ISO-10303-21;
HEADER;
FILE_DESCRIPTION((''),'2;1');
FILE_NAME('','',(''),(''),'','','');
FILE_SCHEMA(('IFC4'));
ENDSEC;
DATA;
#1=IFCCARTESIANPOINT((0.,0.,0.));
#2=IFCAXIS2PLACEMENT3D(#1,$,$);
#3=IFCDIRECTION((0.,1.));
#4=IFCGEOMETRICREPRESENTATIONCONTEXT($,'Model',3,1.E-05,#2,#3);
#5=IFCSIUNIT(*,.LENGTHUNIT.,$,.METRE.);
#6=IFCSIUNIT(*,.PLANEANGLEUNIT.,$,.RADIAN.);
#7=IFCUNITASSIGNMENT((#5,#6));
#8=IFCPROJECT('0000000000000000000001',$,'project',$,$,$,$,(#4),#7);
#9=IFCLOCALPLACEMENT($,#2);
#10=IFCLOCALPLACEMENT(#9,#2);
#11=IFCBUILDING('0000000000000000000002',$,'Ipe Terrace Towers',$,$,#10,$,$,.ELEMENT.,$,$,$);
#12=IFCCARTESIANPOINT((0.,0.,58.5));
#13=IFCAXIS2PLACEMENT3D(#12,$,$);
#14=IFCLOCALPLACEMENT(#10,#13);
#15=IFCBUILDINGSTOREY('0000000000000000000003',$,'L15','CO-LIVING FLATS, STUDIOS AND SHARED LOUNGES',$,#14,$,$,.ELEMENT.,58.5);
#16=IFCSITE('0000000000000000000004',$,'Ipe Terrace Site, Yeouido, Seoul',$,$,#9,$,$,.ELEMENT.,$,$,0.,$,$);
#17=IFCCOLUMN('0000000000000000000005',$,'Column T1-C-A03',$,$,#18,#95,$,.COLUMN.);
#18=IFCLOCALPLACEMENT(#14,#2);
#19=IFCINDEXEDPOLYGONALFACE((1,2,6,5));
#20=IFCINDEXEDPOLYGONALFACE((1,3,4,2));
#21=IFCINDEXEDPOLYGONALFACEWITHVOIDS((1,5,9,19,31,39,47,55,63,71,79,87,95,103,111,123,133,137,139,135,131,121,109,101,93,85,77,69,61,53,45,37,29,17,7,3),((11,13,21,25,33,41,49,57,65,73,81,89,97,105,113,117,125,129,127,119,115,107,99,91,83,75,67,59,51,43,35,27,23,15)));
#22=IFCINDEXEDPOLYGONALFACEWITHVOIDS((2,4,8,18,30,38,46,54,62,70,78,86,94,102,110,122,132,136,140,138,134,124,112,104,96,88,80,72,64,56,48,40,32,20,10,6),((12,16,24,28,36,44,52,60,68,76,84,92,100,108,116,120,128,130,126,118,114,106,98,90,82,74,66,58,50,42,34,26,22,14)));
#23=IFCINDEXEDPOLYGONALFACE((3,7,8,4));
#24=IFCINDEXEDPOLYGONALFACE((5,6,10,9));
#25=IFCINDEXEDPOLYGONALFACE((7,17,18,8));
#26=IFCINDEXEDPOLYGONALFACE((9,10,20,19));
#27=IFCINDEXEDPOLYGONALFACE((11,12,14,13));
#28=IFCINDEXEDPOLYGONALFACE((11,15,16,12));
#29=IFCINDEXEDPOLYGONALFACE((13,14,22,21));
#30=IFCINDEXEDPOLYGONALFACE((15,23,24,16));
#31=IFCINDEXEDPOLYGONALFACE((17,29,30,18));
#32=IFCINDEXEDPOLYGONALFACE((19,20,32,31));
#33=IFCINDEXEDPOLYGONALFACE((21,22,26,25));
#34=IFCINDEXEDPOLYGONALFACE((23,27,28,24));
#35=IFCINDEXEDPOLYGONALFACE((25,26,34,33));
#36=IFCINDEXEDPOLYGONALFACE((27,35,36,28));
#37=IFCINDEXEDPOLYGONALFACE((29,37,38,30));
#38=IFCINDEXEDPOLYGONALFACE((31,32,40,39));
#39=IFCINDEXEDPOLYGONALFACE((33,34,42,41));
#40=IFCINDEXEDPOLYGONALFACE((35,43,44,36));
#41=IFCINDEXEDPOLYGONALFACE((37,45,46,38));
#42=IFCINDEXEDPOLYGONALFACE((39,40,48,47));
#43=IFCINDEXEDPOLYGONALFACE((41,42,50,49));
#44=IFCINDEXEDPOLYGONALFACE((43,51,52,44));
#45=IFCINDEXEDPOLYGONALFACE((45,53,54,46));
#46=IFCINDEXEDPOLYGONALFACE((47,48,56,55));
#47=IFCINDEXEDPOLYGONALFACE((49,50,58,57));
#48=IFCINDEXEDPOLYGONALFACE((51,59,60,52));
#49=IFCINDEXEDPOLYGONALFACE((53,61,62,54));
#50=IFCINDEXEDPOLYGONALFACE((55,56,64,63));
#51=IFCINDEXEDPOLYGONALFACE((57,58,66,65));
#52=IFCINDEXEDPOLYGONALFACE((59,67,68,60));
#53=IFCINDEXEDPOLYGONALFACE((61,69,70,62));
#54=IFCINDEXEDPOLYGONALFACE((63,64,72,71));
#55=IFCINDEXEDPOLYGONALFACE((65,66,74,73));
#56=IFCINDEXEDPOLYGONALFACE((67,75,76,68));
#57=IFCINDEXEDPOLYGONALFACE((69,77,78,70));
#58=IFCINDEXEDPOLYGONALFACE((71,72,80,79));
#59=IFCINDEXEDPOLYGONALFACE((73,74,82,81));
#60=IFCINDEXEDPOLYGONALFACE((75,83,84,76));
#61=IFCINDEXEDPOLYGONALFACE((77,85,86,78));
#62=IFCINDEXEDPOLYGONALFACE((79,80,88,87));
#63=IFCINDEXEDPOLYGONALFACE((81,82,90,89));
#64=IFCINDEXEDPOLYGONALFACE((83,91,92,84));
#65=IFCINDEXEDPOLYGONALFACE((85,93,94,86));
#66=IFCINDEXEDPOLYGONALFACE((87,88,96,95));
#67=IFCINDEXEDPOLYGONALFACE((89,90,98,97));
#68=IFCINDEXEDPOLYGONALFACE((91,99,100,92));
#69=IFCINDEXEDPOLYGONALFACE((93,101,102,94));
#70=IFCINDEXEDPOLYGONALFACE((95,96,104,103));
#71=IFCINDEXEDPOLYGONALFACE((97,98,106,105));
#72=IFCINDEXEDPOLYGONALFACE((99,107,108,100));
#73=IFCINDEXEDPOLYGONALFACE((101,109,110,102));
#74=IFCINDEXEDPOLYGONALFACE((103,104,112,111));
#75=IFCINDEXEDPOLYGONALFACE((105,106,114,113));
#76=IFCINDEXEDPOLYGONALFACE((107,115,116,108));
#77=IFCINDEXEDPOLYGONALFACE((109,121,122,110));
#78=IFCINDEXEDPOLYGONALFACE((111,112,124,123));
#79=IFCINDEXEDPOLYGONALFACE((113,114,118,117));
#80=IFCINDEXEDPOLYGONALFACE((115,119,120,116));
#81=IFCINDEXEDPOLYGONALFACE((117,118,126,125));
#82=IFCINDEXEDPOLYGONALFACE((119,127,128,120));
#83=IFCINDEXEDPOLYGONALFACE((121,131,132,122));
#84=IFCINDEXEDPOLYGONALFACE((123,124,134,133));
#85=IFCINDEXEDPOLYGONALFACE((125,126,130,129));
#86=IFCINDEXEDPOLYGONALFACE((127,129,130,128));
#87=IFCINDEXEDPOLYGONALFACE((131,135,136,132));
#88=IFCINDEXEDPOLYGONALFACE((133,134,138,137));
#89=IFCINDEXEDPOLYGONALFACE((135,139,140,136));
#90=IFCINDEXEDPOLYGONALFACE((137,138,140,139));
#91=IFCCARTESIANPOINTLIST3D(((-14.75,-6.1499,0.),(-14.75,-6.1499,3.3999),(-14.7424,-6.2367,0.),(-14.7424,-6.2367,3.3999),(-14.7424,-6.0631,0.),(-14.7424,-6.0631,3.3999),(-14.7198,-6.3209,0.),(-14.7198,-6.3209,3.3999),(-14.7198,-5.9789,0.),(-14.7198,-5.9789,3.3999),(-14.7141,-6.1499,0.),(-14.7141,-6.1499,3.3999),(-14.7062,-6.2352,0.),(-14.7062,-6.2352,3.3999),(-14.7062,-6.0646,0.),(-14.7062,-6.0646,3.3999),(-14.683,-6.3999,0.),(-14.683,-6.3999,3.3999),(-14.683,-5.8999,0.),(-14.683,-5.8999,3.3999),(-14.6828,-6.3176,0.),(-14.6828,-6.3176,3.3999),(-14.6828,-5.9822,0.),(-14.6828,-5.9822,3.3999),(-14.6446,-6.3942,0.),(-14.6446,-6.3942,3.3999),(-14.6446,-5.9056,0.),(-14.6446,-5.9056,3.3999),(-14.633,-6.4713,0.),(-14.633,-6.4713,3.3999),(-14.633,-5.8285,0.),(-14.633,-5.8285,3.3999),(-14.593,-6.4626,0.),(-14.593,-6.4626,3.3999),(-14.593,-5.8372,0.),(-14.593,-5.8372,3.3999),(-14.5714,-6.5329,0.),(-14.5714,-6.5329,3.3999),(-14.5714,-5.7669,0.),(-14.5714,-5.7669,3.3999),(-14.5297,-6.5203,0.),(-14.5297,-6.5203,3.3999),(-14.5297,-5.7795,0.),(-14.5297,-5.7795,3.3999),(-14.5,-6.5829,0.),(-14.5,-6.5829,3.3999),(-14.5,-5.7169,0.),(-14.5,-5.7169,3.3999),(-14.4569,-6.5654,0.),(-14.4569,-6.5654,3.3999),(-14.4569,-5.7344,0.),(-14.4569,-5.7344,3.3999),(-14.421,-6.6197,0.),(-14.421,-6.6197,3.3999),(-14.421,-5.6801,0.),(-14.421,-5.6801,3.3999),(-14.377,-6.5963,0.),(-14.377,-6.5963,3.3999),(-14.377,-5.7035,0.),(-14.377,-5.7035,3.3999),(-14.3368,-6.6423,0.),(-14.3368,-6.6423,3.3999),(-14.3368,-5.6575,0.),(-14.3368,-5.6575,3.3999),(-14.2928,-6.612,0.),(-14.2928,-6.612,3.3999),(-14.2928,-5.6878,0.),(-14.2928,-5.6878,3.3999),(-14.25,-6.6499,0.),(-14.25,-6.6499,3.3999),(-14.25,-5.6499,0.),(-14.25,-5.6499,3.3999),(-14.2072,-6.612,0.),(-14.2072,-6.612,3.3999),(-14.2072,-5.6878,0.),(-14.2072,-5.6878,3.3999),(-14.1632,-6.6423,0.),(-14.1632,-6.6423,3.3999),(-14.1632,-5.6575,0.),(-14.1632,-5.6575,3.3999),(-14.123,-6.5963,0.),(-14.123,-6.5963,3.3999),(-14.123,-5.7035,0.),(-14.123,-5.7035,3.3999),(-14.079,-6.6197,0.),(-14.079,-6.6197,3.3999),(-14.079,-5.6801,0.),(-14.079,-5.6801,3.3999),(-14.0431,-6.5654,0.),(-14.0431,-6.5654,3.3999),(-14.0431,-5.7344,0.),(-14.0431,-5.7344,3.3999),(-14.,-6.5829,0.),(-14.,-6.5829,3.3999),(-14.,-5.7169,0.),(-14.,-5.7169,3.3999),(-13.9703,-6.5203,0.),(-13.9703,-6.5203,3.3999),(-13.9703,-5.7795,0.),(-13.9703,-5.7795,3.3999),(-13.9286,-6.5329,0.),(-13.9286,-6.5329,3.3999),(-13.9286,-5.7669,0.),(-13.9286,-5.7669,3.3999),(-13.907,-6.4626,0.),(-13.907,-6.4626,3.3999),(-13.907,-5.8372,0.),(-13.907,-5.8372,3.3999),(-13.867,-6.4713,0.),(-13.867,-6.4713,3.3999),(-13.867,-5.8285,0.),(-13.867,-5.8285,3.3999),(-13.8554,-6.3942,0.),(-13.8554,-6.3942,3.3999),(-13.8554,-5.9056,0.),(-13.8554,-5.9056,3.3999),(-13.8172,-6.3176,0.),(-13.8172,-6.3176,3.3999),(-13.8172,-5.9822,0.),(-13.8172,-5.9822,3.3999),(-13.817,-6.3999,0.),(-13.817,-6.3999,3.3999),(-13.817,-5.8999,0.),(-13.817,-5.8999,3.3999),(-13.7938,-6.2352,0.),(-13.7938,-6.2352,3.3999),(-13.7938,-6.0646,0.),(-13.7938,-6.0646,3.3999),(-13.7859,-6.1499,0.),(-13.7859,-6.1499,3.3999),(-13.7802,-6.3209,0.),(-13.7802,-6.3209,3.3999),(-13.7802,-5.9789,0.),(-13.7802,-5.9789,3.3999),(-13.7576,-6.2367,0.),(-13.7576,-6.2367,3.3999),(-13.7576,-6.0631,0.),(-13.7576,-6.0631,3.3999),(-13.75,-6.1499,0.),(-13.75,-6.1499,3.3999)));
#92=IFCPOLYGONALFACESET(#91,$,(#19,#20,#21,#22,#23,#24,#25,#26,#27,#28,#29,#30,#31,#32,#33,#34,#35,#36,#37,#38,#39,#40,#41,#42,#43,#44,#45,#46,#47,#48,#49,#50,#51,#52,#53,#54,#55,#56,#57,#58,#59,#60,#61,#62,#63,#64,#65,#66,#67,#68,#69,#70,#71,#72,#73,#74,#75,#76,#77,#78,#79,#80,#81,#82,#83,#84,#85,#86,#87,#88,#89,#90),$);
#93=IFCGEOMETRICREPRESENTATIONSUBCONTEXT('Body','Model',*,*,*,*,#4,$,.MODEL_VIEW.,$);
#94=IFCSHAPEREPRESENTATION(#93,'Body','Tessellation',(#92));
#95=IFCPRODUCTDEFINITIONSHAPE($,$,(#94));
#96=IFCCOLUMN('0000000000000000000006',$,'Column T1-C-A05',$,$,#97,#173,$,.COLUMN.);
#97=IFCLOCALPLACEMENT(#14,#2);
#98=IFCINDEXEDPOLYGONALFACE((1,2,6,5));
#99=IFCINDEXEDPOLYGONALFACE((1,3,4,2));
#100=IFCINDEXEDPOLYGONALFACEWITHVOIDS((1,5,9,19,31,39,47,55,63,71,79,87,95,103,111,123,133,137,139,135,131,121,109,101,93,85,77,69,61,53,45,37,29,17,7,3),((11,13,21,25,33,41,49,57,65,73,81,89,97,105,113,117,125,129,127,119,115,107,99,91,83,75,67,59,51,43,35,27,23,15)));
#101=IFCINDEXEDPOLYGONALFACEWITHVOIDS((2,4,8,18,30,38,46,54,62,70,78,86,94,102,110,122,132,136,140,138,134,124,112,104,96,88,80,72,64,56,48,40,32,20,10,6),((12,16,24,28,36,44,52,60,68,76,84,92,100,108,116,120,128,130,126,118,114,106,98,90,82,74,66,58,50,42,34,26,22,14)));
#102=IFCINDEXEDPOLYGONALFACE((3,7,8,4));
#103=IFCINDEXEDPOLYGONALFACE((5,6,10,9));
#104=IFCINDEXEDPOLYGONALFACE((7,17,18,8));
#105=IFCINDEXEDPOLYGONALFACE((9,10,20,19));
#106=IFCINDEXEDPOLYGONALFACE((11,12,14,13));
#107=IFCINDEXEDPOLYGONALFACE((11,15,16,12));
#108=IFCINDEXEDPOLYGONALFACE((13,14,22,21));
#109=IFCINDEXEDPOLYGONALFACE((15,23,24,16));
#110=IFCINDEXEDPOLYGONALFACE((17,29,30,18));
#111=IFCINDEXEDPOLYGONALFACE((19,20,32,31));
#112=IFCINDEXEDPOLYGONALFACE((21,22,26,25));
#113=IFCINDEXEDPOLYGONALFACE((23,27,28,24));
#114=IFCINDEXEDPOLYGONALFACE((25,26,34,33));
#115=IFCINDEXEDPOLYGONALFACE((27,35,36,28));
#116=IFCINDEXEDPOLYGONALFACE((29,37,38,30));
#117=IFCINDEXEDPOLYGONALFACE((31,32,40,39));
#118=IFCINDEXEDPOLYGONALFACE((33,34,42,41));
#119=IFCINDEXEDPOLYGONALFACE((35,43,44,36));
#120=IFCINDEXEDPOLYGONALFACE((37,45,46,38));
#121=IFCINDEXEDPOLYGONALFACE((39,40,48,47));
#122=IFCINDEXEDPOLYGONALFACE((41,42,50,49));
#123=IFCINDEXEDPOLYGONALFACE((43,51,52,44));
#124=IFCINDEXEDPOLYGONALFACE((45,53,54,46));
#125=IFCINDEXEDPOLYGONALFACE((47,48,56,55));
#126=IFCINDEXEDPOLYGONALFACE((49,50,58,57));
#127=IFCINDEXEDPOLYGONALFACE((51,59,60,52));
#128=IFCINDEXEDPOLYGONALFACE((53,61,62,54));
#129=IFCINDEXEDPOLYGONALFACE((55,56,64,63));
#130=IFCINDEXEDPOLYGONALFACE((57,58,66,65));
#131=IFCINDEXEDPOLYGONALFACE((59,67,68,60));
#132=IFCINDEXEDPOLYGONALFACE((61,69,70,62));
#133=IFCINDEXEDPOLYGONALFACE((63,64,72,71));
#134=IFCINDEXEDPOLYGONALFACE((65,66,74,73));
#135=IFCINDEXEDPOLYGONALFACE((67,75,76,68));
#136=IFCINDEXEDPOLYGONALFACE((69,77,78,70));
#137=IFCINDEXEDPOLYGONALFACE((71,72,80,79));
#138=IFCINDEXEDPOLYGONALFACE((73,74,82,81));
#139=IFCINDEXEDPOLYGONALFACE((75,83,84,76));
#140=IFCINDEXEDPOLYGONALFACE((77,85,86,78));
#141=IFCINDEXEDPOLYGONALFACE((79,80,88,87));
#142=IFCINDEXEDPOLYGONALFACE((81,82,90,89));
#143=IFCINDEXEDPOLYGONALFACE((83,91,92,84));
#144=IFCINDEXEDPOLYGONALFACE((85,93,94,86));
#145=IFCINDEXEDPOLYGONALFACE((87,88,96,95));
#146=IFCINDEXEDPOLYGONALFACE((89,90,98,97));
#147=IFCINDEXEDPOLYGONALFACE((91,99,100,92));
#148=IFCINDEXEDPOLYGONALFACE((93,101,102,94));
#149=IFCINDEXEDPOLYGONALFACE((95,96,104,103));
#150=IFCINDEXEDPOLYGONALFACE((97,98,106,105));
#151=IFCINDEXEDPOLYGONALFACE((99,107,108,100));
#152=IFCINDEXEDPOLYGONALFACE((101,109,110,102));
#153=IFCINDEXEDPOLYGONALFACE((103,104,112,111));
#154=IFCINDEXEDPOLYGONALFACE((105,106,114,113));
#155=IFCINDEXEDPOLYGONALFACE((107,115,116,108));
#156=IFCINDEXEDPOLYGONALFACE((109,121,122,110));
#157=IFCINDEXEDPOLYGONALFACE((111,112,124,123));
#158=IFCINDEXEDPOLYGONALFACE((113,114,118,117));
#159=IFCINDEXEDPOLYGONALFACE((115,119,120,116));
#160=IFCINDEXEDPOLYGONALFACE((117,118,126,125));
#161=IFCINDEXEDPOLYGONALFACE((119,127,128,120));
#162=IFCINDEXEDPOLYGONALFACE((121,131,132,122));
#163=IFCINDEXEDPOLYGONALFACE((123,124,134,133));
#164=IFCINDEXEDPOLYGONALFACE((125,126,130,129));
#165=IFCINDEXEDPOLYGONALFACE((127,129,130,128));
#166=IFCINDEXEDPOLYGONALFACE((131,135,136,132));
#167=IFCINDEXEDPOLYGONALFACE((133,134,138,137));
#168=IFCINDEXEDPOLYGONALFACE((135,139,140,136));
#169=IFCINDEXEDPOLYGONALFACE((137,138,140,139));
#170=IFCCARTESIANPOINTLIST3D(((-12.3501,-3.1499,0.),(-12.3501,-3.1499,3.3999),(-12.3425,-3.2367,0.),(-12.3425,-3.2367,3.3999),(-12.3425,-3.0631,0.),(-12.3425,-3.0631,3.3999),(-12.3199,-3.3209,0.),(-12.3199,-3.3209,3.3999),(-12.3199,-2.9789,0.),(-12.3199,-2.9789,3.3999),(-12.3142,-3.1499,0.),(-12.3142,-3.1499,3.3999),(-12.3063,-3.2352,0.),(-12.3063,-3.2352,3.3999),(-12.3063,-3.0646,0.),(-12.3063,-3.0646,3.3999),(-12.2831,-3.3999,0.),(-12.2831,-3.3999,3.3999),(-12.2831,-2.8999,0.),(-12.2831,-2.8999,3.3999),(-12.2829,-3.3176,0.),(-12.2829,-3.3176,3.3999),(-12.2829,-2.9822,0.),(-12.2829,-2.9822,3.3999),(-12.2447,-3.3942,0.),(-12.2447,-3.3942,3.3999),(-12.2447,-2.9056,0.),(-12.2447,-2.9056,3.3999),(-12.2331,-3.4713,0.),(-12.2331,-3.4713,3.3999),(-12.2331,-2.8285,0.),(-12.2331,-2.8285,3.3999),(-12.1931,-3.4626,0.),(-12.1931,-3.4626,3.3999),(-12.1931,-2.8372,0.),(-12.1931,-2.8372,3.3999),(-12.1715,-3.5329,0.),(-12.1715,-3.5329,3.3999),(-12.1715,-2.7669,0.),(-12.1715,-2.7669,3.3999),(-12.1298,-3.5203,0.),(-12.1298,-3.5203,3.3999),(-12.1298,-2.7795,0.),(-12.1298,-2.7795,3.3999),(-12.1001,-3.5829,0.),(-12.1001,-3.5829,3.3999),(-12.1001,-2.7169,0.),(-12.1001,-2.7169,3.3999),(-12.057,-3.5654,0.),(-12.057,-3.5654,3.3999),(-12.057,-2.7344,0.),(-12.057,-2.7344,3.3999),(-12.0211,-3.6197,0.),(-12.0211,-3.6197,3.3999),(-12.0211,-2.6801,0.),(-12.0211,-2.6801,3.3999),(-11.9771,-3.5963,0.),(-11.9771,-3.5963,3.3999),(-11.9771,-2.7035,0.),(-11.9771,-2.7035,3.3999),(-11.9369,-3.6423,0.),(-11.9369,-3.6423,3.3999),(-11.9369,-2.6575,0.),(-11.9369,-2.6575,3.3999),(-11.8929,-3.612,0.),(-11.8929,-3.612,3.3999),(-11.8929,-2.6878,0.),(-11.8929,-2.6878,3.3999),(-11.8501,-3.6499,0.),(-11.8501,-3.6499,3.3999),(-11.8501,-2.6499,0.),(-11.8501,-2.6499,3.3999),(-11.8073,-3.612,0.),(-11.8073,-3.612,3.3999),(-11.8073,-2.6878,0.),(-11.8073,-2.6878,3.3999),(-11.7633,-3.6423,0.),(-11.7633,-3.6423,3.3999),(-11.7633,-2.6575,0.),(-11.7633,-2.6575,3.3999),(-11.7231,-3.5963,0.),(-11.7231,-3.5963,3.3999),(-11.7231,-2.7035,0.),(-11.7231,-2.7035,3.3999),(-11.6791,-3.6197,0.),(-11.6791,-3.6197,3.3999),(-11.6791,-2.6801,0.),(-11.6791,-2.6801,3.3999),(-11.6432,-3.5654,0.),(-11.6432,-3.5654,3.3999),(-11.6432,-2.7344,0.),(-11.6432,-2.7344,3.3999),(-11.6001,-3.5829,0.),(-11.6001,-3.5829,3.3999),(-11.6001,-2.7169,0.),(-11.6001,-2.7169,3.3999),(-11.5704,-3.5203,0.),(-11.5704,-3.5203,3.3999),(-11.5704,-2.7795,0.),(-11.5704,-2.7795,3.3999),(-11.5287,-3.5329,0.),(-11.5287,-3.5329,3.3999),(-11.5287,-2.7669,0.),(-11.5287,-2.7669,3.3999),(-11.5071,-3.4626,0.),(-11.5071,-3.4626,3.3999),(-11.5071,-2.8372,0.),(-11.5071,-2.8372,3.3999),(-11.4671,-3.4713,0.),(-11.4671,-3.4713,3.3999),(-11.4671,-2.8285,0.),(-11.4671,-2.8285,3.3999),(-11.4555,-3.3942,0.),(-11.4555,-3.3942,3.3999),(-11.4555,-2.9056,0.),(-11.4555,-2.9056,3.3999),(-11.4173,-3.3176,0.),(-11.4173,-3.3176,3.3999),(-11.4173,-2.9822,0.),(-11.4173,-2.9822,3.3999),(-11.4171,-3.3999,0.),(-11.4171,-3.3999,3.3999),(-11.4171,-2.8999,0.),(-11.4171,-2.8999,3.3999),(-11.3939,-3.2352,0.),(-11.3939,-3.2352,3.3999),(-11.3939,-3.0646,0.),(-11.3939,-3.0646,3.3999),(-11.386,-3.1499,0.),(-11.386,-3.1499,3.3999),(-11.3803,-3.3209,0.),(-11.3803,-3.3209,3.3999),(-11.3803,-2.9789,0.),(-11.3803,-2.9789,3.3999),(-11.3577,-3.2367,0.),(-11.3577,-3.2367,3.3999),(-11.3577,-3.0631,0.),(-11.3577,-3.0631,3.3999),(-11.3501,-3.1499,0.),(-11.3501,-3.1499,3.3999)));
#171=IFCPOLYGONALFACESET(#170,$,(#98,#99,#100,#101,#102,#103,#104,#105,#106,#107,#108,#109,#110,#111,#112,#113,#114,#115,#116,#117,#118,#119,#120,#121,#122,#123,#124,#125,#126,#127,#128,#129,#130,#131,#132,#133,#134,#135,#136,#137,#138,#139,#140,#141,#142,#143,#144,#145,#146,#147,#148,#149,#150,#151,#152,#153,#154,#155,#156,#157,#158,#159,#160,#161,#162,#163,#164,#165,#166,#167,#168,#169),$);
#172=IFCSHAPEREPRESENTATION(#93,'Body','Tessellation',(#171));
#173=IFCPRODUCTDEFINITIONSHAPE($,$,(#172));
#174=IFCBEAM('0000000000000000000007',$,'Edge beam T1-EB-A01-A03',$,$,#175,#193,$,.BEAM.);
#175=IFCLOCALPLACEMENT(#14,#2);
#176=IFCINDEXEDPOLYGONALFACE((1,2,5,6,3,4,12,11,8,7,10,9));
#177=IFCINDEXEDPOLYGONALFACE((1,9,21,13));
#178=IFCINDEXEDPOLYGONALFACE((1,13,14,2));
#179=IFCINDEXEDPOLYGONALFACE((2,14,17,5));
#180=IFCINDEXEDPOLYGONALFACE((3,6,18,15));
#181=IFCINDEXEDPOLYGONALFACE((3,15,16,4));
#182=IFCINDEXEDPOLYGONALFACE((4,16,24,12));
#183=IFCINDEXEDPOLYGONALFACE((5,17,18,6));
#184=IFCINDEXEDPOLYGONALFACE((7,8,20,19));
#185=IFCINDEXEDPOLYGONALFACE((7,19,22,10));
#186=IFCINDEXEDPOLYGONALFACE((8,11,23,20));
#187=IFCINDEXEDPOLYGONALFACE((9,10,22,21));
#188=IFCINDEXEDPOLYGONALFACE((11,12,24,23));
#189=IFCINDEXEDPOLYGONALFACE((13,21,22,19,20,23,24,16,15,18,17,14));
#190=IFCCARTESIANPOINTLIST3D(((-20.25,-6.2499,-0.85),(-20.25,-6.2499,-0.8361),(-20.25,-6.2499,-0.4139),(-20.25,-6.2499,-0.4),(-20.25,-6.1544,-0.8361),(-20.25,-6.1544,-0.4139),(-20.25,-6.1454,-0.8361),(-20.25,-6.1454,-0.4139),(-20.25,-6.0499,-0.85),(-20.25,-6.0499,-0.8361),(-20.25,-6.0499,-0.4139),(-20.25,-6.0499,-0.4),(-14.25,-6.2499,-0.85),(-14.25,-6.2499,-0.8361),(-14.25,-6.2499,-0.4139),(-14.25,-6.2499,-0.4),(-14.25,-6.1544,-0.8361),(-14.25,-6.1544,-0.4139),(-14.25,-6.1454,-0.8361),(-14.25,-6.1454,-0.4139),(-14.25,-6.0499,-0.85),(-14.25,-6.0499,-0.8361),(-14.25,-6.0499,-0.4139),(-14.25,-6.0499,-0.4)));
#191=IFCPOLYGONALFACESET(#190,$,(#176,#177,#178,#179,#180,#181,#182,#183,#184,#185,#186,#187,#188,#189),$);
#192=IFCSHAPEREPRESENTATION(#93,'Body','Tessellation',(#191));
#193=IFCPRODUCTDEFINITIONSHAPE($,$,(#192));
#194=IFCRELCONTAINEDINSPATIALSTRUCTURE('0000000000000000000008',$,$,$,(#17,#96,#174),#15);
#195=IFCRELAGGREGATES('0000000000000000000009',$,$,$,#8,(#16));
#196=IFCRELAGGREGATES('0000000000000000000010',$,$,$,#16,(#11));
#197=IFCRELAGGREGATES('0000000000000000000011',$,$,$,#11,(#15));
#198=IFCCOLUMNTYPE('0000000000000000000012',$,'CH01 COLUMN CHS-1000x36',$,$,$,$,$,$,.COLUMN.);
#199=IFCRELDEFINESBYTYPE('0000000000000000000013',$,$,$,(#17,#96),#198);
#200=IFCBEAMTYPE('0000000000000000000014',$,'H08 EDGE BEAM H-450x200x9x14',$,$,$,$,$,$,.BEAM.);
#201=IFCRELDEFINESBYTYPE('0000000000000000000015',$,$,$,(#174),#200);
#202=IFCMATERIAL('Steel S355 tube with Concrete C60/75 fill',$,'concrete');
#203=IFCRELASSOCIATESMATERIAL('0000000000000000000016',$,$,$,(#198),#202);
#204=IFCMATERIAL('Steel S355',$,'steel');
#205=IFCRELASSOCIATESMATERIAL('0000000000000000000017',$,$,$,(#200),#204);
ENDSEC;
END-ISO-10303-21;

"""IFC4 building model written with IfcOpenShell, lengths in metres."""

from ifc_helpers import new_model, si_unit, direction, frame, origin, origin_2d, place, context, subcontext, project, spatial, hollow_circle, i_section, extrude, material, material_profile, profile_set, type_object, element, save


model = new_model("IFC4")

# Units and contexts
model_context = context("Model", 3, precision=1e-05, world=origin(), true_north=direction((0.0, 1.0)))
body_context = subcontext(model_context, "Body", "Model", "MODEL_VIEW")
ifc_project = project(units=[si_unit("LENGTHUNIT", "METRE"), si_unit("PLANEANGLEUNIT", "RADIAN")], contexts=[model_context])

# Site, building, storey
site_placement = place(None, origin())
site = spatial("IfcSite", under=ifc_project, at=site_placement, Name="Ipe Terrace Site, Yeouido, Seoul", CompositionType="ELEMENT", RefElevation=0.0)
building_placement = place(site_placement, origin())
building = spatial("IfcBuilding", under=site, at=building_placement, Name="Ipe Terrace Towers", CompositionType="ELEMENT")
storey_placement = place(building_placement, frame((0.0, 0.0, 58.5)))
storey = spatial("IfcBuildingStorey", under=building, at=storey_placement, Name="L15", Description="CO-LIVING FLATS, STUDIOS AND SHARED LOUNGES", CompositionType="ELEMENT", Elevation=58.5)

# Columns
ifc_material_1 = material(Name="Steel S355 tube with Concrete C60/75 fill", Category="concrete")
ifc_material_profile_1 = material_profile(ifc_material_1, hollow_circle(Radius=0.5, WallThickness=0.0359, at=origin_2d()), Name="CHS-1000x36")
ifc_profile_set_1 = profile_set([ifc_material_profile_1], Name="Steel S355 tube with Concrete C60/75 fill")
column_type = type_object("IfcColumnType", Name="CH01 COLUMN CHS-1000x36", PredefinedType="COLUMN", material=ifc_profile_set_1)
for number, where, z_axis, x_axis, name in (
    (1, (-14.25, -6.1499, 0.0), (0.0, 0.0, 1.0), (1.0, 0.0, 0.0), "Column T1-C-A03"),
    (2, (-11.8501, -3.1499, 0.0), (0.0, 0.0, 1.0), (1.0, 0.0, 0.0), "Column T1-C-A05"),
):
    element("IfcColumn", number, at=place(storey_placement, frame(where, z_axis=z_axis, x_axis=x_axis)), inside=storey, type_object=column_type, Name=name, PredefinedType="COLUMN", context=body_context, shape_type="SweptSolid", body=[
        extrude(hollow_circle(Radius=0.5, WallThickness=0.0359, at=origin_2d()), origin(), (0.0, 0.0, 1.0), 3.3999),
    ])

# Beam
ifc_material_2 = material(Name="Steel S355", Category="steel")
ifc_material_profile_2 = material_profile(ifc_material_2, i_section(OverallWidth=0.2, OverallDepth=0.45, WebThickness=0.009, FlangeThickness=0.0139, at=origin_2d()), Name="H-450x200x9x14")
ifc_profile_set_2 = profile_set([ifc_material_profile_2], Name="Steel S355")
beam_type = type_object("IfcBeamType", Name="H08 EDGE BEAM H-450x200x9x14", PredefinedType="BEAM", material=ifc_profile_set_2)
beam_1_placement = place(storey_placement, frame((-20.25, -6.1499, -0.625), z_axis=(1.0, 0.0, 0.0), x_axis=(0.0, 1.0, 0.0)))
element("IfcBeam", 3, at=beam_1_placement, inside=storey, type_object=beam_type, Name="Edge beam T1-EB-A01-A03", PredefinedType="BEAM", context=body_context, shape_type="SweptSolid", body=[
    extrude(i_section(OverallWidth=0.2, OverallDepth=0.45, WebThickness=0.009, FlangeThickness=0.0139, at=origin_2d()), origin(), (0.0, 0.0, 1.0), 6.0),
])

save(model, "model.ifc")
